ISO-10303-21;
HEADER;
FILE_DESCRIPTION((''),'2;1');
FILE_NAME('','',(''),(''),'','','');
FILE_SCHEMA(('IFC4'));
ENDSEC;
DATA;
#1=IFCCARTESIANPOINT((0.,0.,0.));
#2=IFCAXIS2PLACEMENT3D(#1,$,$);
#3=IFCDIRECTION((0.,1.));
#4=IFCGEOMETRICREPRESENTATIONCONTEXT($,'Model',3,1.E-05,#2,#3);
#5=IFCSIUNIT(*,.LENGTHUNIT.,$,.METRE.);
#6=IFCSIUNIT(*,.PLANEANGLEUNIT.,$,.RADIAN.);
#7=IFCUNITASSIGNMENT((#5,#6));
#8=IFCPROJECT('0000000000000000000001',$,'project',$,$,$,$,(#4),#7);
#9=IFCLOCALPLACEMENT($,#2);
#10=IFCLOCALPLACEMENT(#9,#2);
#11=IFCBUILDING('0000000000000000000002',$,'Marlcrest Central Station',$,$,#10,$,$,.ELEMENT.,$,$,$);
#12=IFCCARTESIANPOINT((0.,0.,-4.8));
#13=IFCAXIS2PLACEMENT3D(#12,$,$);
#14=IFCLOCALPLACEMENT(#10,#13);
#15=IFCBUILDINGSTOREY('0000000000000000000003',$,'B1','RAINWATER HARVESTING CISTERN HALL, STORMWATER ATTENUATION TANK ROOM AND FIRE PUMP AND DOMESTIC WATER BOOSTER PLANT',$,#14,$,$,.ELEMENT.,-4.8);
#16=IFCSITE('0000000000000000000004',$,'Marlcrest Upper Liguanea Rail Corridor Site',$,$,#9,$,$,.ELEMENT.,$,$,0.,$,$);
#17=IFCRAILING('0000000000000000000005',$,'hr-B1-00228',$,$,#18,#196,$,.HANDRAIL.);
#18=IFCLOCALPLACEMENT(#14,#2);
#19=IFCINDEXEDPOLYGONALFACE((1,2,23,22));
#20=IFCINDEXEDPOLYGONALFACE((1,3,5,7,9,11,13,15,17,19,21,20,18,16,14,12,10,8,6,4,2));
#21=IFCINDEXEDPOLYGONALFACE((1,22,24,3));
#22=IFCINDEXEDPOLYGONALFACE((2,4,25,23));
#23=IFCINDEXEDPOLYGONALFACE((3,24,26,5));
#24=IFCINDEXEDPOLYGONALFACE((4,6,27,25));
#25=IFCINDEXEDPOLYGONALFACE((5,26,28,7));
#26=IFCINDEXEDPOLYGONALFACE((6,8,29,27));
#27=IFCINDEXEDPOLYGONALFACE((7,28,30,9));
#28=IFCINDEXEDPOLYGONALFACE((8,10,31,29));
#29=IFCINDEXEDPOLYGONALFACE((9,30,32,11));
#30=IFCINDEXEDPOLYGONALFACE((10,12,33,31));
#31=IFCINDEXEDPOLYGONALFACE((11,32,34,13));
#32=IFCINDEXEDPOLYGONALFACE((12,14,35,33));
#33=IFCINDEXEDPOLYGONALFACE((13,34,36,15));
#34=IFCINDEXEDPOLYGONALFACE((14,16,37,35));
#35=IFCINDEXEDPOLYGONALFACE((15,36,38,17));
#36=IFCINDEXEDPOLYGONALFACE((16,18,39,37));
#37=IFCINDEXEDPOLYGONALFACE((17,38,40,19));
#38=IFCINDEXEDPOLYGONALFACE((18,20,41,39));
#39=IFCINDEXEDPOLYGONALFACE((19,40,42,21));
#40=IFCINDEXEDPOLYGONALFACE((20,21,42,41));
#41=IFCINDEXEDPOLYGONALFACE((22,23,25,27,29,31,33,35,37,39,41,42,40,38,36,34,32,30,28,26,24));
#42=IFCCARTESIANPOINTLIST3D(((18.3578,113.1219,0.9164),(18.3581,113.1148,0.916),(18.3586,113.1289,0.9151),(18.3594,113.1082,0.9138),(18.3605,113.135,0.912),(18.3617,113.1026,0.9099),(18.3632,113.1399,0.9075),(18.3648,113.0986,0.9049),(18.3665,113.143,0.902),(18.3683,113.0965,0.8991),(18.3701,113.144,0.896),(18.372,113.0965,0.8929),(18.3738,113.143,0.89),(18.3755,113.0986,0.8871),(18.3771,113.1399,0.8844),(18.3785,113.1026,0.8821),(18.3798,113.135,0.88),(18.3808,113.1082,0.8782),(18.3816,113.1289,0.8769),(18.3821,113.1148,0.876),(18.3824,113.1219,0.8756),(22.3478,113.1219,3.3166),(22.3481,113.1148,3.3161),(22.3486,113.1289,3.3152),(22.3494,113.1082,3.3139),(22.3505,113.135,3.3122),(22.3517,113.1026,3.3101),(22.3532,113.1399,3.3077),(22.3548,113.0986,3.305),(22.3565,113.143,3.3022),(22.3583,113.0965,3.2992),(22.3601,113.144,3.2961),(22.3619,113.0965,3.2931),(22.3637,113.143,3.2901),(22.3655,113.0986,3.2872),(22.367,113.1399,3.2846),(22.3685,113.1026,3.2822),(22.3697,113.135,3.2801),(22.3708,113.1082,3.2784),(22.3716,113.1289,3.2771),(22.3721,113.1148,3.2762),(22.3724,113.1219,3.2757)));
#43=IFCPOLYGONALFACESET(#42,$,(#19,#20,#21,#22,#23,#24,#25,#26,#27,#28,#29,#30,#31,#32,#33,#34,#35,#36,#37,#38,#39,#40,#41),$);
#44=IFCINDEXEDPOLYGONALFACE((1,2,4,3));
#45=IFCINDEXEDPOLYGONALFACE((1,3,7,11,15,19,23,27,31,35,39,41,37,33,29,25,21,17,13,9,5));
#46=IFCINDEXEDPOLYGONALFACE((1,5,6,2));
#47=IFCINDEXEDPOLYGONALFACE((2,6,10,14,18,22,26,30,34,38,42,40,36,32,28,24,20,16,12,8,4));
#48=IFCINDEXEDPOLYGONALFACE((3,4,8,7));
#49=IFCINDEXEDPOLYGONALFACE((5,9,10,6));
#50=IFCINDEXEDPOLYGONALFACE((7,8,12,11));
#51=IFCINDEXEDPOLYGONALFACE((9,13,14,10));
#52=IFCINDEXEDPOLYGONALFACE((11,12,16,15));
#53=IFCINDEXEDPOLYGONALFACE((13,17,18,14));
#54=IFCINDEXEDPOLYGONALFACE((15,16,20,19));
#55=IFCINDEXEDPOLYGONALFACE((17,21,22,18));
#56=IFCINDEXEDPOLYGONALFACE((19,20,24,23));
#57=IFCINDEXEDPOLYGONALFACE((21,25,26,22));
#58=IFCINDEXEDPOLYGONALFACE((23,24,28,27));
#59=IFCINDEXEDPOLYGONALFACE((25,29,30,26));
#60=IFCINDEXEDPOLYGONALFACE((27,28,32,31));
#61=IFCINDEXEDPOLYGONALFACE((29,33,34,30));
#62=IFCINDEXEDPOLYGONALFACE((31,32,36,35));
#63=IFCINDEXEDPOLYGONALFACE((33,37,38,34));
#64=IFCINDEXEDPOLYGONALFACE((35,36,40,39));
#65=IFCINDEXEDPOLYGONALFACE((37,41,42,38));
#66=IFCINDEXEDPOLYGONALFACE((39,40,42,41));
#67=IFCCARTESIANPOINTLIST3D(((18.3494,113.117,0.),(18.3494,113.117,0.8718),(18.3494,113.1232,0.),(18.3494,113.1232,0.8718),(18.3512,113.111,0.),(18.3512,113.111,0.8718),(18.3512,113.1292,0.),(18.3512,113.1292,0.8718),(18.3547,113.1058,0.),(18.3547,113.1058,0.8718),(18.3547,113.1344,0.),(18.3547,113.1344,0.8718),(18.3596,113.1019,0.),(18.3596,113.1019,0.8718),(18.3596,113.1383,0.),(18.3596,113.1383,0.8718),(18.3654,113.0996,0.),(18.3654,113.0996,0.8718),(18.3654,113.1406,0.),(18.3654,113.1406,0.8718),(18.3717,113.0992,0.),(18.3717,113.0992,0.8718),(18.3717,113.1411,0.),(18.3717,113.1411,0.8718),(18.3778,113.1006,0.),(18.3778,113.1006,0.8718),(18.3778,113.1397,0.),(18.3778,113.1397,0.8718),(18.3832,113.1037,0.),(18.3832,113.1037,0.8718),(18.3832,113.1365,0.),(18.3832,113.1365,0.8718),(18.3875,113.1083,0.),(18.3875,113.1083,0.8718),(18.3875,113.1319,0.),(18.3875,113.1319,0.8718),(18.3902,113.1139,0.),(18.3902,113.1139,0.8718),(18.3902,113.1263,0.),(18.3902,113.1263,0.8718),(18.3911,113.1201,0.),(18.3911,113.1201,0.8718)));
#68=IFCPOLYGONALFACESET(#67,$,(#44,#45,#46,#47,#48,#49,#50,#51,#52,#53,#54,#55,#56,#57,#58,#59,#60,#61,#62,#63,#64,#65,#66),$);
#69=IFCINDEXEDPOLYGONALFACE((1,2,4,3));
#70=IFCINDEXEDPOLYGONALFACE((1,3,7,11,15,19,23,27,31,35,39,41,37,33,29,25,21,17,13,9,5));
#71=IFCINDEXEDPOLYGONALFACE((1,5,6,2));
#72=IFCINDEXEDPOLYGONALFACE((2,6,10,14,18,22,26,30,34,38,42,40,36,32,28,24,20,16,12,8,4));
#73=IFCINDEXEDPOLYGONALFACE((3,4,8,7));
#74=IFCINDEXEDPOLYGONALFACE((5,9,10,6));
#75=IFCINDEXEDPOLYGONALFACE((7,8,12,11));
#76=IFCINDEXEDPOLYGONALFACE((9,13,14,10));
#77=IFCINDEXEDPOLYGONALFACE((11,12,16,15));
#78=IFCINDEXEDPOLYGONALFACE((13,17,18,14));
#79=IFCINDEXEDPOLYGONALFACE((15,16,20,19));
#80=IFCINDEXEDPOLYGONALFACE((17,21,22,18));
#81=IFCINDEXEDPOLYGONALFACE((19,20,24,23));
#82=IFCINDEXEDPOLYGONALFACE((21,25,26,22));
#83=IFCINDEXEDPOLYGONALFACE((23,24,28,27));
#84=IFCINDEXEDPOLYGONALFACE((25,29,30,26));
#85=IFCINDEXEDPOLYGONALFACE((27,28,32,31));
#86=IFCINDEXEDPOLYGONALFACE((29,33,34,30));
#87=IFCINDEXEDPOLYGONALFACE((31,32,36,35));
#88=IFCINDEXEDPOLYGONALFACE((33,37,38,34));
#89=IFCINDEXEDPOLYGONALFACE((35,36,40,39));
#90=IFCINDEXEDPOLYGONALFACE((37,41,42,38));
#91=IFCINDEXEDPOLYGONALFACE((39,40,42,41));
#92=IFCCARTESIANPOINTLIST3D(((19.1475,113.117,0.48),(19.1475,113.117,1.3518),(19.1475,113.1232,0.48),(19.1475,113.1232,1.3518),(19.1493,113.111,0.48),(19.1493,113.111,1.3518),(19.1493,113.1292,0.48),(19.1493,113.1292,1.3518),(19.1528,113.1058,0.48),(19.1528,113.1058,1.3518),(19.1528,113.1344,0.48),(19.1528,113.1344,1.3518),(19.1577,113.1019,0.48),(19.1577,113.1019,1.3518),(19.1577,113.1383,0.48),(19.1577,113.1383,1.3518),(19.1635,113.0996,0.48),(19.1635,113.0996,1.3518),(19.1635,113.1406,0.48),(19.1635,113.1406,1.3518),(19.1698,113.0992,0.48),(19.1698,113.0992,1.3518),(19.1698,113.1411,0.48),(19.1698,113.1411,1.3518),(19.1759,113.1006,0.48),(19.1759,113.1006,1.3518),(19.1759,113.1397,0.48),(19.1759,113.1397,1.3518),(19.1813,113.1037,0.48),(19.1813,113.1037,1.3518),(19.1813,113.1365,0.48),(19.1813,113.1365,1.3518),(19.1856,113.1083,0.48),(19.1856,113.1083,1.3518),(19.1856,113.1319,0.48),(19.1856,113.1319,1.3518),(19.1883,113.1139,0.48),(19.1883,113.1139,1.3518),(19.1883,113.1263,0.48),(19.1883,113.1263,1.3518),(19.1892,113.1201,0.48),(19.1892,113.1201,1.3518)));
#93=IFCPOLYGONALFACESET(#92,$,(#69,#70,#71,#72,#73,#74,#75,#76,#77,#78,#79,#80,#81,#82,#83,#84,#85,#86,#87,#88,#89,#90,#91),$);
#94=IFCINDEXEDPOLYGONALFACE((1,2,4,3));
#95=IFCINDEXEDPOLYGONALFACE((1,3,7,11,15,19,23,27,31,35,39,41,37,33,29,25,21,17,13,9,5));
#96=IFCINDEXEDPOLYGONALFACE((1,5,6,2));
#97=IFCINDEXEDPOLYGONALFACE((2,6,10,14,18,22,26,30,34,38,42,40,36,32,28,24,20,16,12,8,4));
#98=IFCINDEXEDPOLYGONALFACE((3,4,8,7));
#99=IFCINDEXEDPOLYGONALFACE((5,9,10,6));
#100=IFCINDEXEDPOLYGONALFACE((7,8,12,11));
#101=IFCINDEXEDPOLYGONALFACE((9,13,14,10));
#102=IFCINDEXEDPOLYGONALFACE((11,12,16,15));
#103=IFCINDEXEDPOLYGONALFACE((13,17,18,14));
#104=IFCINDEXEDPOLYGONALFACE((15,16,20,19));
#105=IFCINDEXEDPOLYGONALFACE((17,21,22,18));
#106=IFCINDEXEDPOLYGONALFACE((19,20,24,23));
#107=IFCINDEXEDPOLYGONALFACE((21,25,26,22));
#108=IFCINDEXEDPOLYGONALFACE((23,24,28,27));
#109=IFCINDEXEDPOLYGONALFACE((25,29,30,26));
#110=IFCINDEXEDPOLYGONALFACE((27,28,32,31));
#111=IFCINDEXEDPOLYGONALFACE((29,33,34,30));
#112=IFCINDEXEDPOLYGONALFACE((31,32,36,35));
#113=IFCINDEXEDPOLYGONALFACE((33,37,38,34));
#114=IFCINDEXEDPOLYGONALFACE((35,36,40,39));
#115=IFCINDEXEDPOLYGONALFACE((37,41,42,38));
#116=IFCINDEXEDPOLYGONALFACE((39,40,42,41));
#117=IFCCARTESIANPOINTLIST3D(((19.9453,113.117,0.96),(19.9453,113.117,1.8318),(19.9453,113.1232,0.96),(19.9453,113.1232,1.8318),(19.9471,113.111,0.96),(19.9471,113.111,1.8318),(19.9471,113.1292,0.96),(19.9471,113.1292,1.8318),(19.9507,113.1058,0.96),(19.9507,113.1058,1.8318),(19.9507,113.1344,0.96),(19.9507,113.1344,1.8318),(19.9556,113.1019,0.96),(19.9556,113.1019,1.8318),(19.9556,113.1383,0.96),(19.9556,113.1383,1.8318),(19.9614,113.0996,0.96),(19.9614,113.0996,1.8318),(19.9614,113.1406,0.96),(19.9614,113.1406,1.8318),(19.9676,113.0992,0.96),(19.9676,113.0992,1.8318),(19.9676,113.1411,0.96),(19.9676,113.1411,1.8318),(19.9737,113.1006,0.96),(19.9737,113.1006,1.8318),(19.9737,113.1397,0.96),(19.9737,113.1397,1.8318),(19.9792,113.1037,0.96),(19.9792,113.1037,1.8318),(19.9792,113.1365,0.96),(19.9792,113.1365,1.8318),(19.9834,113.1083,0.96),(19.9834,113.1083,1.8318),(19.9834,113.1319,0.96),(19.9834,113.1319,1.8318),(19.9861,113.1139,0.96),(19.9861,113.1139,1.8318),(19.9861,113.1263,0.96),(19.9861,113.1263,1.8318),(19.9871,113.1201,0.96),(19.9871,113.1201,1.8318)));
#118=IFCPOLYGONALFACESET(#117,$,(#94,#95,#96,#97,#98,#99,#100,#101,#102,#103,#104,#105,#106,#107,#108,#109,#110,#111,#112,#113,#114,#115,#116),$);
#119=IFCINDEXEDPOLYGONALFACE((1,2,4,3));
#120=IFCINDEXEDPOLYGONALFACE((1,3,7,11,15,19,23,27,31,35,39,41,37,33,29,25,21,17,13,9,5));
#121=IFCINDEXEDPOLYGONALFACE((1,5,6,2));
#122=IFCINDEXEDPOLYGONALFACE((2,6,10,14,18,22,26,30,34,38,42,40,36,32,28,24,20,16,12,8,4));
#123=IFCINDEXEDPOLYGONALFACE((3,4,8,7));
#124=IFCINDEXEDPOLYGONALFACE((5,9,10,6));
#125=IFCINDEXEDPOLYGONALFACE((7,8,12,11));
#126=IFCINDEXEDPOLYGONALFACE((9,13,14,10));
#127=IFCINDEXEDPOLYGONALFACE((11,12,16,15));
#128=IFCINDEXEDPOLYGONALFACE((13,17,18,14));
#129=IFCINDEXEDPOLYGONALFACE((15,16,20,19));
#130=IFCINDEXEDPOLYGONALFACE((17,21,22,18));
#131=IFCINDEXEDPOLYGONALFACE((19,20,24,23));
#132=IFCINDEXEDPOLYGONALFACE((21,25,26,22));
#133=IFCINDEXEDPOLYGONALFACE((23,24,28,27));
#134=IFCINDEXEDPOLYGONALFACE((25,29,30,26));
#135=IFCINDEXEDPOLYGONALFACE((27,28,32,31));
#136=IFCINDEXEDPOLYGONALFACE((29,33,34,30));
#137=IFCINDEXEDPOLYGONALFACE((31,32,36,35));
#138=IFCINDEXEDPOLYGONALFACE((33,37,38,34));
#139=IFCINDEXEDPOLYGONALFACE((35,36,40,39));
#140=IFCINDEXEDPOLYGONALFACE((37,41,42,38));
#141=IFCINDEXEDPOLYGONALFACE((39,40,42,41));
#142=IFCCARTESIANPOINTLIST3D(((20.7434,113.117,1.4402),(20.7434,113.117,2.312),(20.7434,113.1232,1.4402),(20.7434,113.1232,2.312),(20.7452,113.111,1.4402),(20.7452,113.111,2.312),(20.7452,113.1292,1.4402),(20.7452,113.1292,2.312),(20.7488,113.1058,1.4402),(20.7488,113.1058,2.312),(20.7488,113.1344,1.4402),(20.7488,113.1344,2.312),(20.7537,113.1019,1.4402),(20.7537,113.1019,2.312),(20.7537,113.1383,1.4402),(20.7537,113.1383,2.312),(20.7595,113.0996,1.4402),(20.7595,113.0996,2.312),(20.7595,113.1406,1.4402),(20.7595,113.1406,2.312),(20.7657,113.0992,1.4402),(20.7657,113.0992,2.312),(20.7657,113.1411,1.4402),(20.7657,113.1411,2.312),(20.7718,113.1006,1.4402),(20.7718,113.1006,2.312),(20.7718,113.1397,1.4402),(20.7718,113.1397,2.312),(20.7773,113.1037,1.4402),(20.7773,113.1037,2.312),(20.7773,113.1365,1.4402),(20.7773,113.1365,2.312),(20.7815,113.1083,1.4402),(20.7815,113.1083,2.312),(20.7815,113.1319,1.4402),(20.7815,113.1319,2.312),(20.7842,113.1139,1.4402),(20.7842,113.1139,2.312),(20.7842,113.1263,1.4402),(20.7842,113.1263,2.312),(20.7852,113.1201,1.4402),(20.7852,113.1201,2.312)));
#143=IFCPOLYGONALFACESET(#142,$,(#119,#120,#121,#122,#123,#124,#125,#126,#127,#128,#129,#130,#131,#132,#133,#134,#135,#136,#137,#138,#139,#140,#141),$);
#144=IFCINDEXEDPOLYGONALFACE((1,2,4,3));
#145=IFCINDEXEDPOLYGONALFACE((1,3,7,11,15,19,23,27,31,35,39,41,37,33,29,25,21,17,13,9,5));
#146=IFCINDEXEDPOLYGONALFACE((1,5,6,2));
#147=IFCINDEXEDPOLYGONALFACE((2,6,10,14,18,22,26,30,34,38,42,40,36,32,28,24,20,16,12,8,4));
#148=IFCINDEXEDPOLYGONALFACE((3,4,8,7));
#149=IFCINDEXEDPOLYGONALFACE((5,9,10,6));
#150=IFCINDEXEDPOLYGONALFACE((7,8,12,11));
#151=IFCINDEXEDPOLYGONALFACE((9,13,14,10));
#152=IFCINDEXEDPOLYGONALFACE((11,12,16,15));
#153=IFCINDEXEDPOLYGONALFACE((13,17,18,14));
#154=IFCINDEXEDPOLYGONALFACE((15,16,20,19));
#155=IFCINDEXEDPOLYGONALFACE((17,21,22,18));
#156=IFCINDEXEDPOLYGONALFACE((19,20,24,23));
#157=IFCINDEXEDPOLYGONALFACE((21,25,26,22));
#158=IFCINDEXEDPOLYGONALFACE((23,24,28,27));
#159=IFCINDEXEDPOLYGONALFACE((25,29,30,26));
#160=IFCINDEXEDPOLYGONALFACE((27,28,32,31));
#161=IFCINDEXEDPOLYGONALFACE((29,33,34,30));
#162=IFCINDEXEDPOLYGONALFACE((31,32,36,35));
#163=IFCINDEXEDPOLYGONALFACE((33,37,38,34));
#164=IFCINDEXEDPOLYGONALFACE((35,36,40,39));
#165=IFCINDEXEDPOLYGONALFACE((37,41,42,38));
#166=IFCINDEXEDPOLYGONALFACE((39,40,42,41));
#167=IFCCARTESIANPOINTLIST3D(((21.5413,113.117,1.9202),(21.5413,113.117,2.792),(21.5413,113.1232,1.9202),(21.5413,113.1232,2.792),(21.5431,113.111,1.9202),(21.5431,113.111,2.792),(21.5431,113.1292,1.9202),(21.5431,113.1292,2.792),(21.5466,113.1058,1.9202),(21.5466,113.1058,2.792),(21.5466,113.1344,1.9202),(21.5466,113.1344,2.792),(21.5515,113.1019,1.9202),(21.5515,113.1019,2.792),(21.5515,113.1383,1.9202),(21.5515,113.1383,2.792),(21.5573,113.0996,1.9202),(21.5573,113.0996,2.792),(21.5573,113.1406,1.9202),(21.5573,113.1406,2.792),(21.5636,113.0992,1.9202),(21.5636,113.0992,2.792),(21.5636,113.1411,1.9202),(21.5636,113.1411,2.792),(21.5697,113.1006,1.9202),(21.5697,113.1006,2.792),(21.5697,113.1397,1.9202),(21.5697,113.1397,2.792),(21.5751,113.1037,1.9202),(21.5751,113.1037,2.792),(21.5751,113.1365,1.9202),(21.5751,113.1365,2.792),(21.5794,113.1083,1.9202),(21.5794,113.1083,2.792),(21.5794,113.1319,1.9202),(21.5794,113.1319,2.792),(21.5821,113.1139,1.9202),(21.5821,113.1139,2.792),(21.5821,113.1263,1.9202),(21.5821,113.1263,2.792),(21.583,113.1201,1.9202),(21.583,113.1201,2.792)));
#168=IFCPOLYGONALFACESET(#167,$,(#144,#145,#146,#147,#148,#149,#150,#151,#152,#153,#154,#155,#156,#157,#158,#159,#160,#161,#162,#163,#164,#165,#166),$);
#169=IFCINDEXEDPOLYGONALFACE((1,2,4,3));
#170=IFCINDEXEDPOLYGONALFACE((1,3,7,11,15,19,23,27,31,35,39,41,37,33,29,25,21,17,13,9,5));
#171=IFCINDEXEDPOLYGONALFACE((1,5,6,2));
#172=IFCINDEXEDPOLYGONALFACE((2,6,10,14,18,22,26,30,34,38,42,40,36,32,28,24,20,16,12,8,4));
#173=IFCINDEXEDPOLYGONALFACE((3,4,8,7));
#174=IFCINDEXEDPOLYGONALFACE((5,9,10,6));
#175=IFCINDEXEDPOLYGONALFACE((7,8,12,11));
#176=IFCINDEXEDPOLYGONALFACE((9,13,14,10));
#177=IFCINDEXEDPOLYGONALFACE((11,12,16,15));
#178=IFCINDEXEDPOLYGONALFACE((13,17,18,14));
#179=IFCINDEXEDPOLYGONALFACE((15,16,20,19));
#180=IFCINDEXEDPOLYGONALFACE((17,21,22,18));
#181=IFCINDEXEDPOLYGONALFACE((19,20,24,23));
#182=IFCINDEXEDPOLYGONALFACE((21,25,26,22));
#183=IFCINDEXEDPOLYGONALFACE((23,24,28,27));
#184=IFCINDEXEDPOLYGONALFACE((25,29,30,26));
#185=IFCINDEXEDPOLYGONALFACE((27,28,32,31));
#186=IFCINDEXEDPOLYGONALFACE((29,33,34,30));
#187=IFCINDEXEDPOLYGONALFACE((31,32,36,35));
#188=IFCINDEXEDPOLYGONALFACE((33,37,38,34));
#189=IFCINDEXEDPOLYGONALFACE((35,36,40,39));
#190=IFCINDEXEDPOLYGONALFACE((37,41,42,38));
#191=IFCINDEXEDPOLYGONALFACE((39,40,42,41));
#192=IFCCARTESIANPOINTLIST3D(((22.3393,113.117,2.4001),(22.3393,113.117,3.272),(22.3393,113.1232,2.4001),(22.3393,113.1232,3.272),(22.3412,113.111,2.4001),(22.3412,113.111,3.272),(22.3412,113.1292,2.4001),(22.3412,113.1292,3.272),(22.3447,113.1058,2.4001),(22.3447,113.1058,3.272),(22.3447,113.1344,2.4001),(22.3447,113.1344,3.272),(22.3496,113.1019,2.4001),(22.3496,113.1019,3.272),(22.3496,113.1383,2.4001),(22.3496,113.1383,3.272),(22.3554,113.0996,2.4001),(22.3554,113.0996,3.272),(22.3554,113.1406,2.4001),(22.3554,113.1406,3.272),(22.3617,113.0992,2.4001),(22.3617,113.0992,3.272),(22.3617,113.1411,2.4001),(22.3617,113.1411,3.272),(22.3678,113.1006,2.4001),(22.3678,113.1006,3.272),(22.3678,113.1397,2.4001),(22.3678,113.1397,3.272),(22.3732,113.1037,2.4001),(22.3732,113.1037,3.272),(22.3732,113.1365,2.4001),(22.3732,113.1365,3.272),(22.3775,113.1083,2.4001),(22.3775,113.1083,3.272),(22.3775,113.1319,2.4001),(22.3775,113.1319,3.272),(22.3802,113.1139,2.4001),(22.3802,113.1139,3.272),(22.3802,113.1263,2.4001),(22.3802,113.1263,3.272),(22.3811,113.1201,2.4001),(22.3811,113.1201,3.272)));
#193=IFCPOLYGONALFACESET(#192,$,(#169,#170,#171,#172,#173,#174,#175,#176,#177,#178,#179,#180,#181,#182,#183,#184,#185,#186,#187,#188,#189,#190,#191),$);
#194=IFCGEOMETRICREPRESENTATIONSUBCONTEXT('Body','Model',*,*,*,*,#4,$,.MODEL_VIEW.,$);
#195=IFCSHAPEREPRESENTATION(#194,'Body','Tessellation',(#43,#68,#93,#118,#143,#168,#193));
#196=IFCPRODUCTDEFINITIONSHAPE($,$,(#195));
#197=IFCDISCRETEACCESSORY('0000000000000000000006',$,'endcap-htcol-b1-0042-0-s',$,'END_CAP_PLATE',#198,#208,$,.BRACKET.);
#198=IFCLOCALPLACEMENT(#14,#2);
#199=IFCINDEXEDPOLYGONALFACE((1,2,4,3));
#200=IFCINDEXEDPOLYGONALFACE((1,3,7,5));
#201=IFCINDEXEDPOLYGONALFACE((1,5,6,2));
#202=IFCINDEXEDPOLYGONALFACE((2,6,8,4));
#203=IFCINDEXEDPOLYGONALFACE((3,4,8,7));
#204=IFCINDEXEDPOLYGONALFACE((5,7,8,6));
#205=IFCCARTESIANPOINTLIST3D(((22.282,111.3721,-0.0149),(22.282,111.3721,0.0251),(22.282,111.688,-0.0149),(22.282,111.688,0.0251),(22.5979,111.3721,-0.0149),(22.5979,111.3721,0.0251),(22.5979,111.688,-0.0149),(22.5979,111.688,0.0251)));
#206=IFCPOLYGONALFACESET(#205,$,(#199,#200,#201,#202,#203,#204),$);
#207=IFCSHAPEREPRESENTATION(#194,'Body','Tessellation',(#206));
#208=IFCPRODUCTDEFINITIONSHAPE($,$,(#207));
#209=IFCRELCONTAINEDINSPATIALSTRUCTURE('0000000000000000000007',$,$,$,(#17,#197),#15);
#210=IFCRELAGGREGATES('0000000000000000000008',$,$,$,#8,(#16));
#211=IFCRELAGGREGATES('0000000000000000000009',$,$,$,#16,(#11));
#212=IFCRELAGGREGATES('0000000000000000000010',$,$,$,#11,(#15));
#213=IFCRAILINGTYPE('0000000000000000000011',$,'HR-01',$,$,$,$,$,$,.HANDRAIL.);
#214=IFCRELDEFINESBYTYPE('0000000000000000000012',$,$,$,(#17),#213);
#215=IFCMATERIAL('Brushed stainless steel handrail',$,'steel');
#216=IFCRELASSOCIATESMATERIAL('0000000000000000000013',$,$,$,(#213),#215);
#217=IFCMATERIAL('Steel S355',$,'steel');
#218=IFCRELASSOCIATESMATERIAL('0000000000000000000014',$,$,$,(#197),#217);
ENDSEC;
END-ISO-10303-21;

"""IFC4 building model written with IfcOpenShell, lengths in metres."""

from ifc_helpers import new_model, si_unit, direction, frame, origin, origin_2d, place, context, subcontext, project, spatial, rectangle, circle, extrude, material, type_object, element, save


model = new_model("IFC4")

# Units and contexts
model_context = context("Model", 3, precision=1e-05, world=origin(), true_north=direction((0.0, 1.0)))
body_context = subcontext(model_context, "Body", "Model", "MODEL_VIEW")
ifc_project = project(units=[si_unit("LENGTHUNIT", "METRE"), si_unit("PLANEANGLEUNIT", "RADIAN")], contexts=[model_context])

# Site, building, storey
site_placement = place(None, origin())
site = spatial("IfcSite", under=ifc_project, at=site_placement, Name="Marlcrest Upper Liguanea Rail Corridor Site", CompositionType="ELEMENT", RefElevation=0.0)
building_placement = place(site_placement, origin())
building = spatial("IfcBuilding", under=site, at=building_placement, Name="Marlcrest Central Station", CompositionType="ELEMENT")
storey_placement = place(building_placement, frame((0.0, 0.0, -4.8)))
storey = spatial("IfcBuildingStorey", under=building, at=storey_placement, Name="B1", Description="RAINWATER HARVESTING CISTERN HALL, STORMWATER ATTENUATION TANK ROOM AND FIRE PUMP AND DOMESTIC WATER BOOSTER PLANT", CompositionType="ELEMENT", Elevation=-4.8)

# Shared definitions
ifc_material_1 = material(Name="Steel S355", Category="steel")

# Railing
ifc_material_2 = material(Name="Brushed stainless steel handrail", Category="steel")
railing_type_1 = type_object("IfcRailingType", Name="HR-01", PredefinedType="HANDRAIL", material=ifc_material_2)
for number, where, name in (
    (1, (18.3701, 113.1201, 0.0), "hr-B1-00228"),
):
    element("IfcRailing", number, at=place(storey_placement, frame(where)), inside=storey, type_object=railing_type_1, Name=name, PredefinedType="HANDRAIL", context=body_context, shape_type="SweptSolid", body=[
        extrude(circle(Radius=0.0239, at=origin_2d()), frame((0.0, 0.0, 0.896), z_axis=(0.856909, 0.0, 0.515467), x_axis=(0.0, 1.0, 0.0)), (0.0, 0.0, 1.0), 4.6562),
        extrude(circle(Radius=0.021, at=origin_2d()), origin(), (0.0, 0.0, 1.0), 0.8718),
        extrude(circle(Radius=0.021, at=origin_2d()), frame((0.7981, 0.0, 0.48)), (0.0, 0.0, 1.0), 0.8718),
        extrude(circle(Radius=0.021, at=origin_2d()), frame((1.5959, 0.0, 0.96)), (0.0, 0.0, 1.0), 0.8718),
        extrude(circle(Radius=0.021, at=origin_2d()), frame((2.394, 0.0, 1.4402)), (0.0, 0.0, 1.0), 0.8718),
        extrude(circle(Radius=0.021, at=origin_2d()), frame((3.1919, 0.0, 1.9202)), (0.0, 0.0, 1.0), 0.8718),
        extrude(circle(Radius=0.021, at=origin_2d()), frame((3.99, 0.0, 2.4001)), (0.0, 0.0, 1.0), 0.8718),
    ])

# Discrete accessory
for number, where, z_axis, x_axis, name in (
    (2, (22.4399, 111.53, -0.0149), (0.0, 0.0, 1.0), (1.0, 0.0, 0.0), "endcap-htcol-b1-0042-0-s"),
):
    element("IfcDiscreteAccessory", number, at=place(storey_placement, frame(where, z_axis=z_axis, x_axis=x_axis)), inside=storey, material=ifc_material_1, Name=name, ObjectType="END_CAP_PLATE", PredefinedType="BRACKET", context=body_context, shape_type="SweptSolid", body=[
        extrude(rectangle(XDim=0.3159, YDim=0.3159, at=origin_2d()), origin(), (0.0, 0.0, 1.0), 0.04),
    ])

save(model, "model.ifc")
